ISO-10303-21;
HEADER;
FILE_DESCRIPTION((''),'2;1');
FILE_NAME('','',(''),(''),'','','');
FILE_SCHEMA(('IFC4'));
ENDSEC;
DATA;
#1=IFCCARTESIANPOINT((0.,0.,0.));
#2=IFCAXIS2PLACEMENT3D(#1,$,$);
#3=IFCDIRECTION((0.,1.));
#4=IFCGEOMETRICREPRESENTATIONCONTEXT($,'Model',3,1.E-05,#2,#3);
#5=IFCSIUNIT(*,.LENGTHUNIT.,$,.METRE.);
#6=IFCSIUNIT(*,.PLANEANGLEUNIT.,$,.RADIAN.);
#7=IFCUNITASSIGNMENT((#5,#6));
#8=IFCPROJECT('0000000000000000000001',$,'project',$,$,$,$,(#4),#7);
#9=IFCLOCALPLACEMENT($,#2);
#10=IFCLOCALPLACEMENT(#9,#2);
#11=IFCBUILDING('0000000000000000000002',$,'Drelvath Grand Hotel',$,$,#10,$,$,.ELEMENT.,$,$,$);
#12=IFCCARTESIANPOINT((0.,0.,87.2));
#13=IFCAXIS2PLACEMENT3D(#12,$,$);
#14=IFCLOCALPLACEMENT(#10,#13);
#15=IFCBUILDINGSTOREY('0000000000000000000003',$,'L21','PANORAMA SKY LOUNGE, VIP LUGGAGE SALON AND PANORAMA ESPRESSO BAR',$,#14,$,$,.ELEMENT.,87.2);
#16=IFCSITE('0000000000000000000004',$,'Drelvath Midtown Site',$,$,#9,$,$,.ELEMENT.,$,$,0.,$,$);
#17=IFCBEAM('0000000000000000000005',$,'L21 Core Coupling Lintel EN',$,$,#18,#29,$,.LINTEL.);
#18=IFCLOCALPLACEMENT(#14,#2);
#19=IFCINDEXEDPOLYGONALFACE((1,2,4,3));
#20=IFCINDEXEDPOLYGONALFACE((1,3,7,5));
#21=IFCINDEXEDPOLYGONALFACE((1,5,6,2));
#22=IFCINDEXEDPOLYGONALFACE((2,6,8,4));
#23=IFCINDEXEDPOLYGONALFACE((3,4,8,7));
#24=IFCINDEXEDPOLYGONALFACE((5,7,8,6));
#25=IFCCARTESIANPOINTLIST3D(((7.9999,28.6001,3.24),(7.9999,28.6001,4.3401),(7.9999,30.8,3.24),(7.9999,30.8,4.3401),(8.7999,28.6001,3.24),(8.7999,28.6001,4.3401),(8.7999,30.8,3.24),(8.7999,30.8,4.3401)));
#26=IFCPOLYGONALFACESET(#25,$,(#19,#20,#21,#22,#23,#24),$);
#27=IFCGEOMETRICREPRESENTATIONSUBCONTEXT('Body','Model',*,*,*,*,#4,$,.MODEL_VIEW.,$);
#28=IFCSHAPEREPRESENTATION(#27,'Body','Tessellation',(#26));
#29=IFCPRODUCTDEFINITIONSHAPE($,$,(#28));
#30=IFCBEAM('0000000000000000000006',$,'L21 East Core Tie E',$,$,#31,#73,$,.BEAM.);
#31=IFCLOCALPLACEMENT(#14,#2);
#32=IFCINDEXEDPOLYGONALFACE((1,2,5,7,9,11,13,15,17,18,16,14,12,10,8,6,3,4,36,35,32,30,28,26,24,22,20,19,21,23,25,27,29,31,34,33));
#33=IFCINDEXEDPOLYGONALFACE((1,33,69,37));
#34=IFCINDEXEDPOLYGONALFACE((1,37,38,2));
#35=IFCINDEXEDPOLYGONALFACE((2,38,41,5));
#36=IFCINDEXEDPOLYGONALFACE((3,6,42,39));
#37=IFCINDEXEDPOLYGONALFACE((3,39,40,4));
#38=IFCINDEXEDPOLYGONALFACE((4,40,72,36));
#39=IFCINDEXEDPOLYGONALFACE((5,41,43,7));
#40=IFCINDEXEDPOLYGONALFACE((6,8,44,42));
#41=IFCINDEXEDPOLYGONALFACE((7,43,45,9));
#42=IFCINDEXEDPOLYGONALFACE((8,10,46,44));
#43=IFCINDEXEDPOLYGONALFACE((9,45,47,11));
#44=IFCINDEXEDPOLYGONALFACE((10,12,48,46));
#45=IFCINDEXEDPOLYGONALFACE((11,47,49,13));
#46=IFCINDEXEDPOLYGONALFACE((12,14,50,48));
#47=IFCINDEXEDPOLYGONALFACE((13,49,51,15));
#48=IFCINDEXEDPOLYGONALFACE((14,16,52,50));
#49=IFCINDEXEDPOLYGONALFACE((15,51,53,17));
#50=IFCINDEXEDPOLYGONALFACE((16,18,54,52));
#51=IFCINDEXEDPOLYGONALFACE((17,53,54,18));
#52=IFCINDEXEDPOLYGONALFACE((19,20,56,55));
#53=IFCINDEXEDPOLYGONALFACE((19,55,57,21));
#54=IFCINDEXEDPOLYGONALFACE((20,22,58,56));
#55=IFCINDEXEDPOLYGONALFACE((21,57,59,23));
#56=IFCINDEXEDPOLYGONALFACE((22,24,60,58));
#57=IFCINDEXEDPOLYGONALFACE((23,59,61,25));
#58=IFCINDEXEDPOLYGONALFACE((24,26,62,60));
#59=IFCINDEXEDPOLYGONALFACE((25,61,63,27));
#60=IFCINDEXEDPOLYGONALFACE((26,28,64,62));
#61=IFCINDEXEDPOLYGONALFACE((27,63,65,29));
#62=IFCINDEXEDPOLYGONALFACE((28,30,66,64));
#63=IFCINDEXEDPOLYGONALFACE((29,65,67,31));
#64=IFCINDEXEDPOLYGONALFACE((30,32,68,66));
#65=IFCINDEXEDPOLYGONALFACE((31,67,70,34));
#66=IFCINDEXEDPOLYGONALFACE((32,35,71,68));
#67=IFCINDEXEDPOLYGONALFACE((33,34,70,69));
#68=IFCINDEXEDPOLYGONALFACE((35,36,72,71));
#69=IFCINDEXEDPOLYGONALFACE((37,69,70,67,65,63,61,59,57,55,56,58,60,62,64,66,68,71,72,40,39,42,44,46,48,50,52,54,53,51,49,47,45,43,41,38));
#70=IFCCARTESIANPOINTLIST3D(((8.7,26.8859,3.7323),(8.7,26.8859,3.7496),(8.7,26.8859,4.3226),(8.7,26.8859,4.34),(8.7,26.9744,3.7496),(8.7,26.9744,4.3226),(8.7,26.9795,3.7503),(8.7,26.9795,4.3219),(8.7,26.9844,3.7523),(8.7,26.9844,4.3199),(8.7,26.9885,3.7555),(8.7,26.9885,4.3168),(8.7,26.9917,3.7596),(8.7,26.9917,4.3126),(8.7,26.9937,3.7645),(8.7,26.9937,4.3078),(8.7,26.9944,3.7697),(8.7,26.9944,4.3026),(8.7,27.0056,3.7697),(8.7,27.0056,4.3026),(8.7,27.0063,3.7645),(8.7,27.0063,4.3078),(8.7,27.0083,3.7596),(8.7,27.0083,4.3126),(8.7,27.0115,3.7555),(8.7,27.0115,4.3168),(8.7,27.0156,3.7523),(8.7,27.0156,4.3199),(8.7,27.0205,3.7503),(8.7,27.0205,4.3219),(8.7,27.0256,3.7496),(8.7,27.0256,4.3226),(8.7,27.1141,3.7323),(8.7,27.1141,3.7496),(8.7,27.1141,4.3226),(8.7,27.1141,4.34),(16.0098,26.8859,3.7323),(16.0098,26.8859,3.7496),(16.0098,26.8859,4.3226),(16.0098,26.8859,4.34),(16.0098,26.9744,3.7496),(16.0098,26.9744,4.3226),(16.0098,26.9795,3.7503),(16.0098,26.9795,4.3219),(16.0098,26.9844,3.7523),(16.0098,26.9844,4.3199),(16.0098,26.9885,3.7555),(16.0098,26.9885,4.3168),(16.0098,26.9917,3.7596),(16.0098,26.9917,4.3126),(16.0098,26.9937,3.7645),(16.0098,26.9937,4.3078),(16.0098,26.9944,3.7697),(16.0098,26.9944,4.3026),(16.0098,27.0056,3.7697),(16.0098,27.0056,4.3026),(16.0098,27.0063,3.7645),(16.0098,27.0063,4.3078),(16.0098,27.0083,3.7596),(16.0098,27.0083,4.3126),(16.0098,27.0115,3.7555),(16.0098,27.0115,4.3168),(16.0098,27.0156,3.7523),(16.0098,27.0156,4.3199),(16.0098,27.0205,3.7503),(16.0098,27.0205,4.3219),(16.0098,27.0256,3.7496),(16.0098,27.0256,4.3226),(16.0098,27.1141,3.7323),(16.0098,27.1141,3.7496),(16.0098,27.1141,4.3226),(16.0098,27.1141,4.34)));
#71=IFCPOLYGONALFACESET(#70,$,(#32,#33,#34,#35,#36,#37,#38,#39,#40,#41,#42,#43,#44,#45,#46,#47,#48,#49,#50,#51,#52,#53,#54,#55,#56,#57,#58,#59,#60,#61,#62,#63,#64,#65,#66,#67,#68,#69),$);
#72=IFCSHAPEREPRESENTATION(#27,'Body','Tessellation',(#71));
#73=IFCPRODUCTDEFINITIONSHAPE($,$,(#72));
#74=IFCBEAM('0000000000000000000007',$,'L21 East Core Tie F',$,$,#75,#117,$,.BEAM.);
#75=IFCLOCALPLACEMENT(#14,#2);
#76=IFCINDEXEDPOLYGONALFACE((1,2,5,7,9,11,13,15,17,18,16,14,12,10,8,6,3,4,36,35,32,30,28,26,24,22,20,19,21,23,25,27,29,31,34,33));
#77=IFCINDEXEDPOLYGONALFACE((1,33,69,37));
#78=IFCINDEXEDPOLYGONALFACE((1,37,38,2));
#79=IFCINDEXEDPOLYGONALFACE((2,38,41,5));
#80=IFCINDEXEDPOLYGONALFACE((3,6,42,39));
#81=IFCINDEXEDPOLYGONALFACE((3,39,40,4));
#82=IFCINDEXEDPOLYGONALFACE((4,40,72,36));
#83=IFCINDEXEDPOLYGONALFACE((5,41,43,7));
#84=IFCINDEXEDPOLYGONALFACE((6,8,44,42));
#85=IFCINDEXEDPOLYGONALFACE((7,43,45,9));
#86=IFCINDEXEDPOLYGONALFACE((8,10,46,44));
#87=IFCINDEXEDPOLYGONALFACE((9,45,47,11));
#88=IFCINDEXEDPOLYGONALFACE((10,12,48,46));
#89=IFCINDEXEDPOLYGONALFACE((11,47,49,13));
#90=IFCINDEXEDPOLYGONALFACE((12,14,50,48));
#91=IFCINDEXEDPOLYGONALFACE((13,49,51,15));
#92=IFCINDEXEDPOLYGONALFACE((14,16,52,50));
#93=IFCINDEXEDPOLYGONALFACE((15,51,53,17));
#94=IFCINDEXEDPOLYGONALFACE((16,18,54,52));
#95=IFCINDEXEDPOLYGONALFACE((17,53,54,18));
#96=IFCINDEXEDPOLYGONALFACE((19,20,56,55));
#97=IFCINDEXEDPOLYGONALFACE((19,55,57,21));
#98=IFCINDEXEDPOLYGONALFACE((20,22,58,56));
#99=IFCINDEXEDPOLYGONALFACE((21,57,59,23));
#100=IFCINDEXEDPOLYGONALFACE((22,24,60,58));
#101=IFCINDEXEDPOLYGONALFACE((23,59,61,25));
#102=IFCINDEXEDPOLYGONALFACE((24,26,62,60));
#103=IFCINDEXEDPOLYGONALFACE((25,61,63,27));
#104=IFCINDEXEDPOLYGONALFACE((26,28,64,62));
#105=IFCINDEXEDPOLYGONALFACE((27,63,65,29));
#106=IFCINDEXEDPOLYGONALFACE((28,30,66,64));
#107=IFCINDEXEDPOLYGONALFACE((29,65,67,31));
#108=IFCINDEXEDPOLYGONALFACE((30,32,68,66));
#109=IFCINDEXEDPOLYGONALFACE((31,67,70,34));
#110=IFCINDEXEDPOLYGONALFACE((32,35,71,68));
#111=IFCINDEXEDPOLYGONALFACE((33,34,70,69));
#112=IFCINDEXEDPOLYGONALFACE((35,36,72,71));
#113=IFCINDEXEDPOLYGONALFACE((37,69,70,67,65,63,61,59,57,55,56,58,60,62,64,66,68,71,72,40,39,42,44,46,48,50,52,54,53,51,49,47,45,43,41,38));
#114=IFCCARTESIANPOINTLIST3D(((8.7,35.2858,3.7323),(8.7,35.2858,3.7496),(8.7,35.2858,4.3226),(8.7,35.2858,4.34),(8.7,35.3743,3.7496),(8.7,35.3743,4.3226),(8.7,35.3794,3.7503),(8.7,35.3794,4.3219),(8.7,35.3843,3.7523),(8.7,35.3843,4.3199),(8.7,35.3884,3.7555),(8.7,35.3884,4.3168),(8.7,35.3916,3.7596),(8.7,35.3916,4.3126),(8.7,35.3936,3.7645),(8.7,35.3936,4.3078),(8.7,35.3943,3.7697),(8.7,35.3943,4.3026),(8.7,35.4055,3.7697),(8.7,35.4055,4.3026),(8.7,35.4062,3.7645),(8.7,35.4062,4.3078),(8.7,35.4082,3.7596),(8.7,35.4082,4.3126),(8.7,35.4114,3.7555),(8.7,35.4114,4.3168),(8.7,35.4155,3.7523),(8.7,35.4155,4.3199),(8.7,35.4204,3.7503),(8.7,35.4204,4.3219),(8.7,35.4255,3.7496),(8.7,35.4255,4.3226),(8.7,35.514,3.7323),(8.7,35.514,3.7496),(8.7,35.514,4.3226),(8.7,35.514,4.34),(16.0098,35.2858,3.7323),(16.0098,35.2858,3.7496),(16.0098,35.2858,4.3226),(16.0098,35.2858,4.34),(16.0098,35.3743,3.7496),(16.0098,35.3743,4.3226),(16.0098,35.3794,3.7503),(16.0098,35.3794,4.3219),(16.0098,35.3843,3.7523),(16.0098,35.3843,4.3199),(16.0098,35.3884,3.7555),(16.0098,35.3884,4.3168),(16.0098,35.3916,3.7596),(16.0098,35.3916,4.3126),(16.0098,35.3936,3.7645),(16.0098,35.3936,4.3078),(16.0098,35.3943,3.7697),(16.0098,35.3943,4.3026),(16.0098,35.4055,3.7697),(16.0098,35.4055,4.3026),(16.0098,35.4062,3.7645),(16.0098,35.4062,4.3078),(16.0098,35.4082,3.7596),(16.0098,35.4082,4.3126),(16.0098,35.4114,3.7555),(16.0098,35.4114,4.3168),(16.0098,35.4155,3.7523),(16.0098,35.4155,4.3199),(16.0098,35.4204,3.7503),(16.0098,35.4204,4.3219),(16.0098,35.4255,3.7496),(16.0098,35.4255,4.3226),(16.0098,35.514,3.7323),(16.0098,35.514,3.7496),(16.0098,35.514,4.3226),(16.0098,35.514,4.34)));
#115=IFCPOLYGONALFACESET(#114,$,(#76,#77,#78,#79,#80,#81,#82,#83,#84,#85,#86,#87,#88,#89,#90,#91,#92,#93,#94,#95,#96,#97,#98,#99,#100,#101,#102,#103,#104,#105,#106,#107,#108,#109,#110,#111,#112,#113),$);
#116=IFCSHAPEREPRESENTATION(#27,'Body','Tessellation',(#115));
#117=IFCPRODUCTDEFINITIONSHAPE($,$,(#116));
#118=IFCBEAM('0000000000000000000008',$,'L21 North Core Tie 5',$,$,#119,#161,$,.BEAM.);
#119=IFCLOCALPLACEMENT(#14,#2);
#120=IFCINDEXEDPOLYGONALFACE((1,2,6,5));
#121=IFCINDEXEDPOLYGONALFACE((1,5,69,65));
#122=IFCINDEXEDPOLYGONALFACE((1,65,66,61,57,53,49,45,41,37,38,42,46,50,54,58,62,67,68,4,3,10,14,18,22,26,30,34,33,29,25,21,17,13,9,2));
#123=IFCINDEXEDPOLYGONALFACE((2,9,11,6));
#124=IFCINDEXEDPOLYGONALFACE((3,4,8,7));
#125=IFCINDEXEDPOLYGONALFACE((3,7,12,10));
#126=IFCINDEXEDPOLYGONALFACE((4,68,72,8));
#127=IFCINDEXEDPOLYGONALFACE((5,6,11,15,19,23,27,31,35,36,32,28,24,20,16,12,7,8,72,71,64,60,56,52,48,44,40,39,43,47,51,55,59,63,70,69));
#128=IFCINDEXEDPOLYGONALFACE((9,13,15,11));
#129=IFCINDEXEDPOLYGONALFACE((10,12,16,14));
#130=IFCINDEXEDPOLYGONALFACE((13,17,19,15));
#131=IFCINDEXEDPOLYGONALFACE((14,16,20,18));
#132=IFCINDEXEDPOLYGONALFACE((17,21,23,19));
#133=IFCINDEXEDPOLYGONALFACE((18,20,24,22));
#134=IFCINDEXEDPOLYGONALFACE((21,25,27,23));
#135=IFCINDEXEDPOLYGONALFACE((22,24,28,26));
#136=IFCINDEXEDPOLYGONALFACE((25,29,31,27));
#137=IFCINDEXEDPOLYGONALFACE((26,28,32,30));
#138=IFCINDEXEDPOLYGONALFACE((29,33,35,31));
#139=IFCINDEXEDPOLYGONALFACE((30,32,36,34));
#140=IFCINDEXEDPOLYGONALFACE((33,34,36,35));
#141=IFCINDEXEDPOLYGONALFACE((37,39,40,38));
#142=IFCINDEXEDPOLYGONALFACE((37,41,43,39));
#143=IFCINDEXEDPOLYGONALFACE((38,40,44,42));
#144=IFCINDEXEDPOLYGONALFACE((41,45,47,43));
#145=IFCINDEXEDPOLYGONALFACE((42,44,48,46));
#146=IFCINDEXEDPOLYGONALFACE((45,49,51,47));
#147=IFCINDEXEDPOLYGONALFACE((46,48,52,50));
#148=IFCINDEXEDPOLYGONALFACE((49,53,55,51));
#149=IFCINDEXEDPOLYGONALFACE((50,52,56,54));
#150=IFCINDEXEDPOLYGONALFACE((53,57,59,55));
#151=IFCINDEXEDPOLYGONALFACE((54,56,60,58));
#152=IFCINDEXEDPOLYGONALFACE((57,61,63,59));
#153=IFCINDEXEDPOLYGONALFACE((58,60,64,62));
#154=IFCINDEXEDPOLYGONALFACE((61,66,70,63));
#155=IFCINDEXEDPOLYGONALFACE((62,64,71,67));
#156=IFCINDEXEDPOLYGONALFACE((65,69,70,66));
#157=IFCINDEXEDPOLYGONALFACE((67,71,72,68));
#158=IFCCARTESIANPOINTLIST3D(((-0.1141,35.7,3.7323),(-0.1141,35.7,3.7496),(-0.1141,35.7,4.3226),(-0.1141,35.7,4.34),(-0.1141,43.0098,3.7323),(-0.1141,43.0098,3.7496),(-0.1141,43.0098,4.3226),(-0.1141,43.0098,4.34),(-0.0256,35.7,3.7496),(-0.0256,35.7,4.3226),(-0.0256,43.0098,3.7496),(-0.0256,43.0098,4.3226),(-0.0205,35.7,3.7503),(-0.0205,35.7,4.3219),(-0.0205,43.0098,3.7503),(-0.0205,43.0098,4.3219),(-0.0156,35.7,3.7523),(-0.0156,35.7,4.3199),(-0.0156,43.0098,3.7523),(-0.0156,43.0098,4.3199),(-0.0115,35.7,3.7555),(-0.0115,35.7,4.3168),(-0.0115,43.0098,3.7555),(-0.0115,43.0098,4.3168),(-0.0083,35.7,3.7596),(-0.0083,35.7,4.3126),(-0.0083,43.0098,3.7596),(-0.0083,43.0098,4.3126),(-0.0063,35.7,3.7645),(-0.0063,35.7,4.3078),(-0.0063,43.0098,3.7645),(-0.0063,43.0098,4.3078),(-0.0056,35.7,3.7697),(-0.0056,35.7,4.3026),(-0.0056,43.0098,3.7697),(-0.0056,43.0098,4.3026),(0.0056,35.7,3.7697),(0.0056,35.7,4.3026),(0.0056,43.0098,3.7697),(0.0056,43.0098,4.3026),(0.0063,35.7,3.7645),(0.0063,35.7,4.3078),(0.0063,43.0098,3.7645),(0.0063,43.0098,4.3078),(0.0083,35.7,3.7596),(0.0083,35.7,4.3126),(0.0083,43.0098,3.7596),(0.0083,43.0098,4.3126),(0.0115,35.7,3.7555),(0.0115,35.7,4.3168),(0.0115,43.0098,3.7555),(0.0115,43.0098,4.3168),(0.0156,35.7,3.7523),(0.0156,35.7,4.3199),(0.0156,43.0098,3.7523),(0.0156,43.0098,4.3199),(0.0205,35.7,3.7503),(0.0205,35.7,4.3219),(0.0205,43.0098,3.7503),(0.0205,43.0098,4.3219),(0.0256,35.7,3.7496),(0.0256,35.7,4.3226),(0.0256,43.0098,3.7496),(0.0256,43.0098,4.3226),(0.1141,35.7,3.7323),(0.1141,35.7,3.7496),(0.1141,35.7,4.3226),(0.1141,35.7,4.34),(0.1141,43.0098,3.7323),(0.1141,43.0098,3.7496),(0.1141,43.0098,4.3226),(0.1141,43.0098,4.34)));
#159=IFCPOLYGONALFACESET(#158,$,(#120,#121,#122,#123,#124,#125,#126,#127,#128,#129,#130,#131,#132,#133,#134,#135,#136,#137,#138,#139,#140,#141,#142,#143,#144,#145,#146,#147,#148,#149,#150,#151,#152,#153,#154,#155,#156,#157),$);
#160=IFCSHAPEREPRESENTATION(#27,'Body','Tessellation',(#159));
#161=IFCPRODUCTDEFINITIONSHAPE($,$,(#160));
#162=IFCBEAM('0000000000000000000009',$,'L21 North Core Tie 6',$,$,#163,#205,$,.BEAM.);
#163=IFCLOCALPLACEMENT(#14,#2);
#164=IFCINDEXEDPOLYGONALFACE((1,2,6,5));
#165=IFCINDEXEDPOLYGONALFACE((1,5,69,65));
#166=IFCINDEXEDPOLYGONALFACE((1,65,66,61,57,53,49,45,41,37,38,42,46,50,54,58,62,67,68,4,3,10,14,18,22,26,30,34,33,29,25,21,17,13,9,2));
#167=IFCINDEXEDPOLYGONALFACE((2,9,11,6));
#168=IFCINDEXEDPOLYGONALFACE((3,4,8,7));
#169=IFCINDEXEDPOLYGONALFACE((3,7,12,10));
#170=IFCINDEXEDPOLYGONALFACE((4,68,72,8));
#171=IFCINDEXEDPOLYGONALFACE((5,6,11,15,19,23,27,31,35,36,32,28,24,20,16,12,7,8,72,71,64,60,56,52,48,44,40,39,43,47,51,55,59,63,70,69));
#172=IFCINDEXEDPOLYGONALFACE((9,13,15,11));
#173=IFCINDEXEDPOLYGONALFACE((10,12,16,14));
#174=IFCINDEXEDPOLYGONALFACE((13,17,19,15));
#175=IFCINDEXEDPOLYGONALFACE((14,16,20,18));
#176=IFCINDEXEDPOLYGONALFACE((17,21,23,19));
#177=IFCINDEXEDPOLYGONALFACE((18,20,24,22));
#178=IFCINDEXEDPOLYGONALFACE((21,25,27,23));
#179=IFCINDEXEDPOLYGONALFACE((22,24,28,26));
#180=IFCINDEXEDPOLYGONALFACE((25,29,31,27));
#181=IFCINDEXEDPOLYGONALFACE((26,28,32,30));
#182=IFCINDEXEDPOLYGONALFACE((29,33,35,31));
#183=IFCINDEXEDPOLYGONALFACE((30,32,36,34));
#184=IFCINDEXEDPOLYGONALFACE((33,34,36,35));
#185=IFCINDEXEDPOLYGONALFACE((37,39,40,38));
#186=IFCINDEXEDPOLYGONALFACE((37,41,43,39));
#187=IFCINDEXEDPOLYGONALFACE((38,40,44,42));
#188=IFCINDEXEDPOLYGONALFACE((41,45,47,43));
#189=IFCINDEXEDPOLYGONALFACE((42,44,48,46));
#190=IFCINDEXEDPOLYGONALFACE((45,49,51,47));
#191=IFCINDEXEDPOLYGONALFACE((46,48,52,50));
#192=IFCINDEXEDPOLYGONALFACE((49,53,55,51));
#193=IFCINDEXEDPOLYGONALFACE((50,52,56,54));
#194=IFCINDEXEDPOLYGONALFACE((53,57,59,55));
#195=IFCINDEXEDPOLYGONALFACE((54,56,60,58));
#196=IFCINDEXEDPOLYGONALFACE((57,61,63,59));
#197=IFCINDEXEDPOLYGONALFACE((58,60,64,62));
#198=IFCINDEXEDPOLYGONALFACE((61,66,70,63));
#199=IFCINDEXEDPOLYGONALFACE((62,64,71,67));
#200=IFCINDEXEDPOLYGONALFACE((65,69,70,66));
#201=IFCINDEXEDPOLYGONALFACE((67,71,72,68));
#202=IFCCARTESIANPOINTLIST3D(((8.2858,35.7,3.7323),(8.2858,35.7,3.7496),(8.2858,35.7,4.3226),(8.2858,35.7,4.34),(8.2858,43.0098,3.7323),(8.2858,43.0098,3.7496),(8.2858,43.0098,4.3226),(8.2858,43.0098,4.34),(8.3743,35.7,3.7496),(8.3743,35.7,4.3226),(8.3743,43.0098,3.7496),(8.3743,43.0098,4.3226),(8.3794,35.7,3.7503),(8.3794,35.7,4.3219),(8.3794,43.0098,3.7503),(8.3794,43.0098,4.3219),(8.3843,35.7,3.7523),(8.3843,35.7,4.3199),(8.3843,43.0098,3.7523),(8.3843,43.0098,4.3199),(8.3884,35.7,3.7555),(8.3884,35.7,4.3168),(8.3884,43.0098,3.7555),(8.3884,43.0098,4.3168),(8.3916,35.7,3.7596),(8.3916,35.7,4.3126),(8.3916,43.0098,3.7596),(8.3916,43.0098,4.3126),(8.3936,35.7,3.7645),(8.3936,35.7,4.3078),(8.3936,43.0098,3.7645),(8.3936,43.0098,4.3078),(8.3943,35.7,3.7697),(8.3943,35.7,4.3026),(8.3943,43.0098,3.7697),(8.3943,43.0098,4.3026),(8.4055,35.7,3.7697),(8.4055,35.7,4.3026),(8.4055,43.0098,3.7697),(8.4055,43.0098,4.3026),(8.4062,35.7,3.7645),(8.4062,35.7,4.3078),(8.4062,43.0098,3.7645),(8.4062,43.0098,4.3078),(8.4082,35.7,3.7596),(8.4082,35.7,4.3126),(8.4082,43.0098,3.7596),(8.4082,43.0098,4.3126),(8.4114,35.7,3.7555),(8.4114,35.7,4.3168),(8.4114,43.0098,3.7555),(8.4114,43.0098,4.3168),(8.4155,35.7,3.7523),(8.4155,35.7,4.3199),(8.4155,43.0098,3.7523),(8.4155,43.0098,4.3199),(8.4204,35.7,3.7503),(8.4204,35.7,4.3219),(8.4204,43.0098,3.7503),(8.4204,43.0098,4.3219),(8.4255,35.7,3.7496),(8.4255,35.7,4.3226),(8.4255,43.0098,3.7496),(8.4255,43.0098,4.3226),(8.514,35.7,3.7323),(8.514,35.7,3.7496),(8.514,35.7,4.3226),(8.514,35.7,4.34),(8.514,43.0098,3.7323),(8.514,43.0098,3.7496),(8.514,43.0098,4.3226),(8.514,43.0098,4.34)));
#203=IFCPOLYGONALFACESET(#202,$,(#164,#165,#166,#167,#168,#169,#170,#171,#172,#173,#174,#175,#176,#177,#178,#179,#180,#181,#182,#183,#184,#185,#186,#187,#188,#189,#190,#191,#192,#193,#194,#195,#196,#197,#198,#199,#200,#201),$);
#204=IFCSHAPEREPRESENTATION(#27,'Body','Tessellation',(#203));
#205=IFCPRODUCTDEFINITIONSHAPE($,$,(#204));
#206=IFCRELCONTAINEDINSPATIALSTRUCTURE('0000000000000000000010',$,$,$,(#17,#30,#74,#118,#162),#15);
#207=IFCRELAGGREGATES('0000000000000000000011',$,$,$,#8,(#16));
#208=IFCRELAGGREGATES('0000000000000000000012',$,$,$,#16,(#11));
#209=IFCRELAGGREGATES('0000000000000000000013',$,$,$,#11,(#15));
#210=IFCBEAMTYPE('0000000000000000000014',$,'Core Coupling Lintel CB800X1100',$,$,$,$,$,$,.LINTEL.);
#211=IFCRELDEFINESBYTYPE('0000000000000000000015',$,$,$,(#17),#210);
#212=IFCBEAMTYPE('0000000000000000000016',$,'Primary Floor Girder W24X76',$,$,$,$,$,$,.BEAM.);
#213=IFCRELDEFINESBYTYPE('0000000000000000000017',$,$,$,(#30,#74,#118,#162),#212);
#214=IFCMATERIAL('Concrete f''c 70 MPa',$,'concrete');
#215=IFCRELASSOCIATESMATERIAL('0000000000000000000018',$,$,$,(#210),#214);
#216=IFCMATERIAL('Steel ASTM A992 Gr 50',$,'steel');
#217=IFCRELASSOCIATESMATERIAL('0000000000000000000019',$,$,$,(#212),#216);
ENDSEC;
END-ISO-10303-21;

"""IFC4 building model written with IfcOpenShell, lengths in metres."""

from ifc_helpers import new_model, si_unit, direction, frame, origin, origin_2d, place, context, subcontext, project, spatial, rectangle, i_section, extrude, material, material_profile, profile_set, type_object, element, save


model = new_model("IFC4")

# Units and contexts
model_context = context("Model", 3, precision=1e-05, world=origin(), true_north=direction((0.0, 1.0)))
body_context = subcontext(model_context, "Body", "Model", "MODEL_VIEW")
ifc_project = project(units=[si_unit("LENGTHUNIT", "METRE"), si_unit("PLANEANGLEUNIT", "RADIAN")], contexts=[model_context])

# Site, building, storey
site_placement = place(None, origin())
site = spatial("IfcSite", under=ifc_project, at=site_placement, Name="Drelvath Midtown Site", CompositionType="ELEMENT", RefElevation=0.0)
building_placement = place(site_placement, origin())
building = spatial("IfcBuilding", under=site, at=building_placement, Name="Drelvath Grand Hotel", CompositionType="ELEMENT")
storey_placement = place(building_placement, frame((0.0, 0.0, 87.2)))
storey = spatial("IfcBuildingStorey", under=building, at=storey_placement, Name="L21", Description="PANORAMA SKY LOUNGE, VIP LUGGAGE SALON AND PANORAMA ESPRESSO BAR", CompositionType="ELEMENT", Elevation=87.2)

# Beams
ifc_material_1 = material(Name="Concrete f'c 70 MPa", Category="concrete")
ifc_material_profile_1 = material_profile(ifc_material_1, rectangle(XDim=0.8, YDim=1.1001, at=origin_2d()), Name="CB800X1100")
ifc_profile_set_1 = profile_set([ifc_material_profile_1], Name="Concrete f'c 70 MPa")
beam_type_1 = type_object("IfcBeamType", Name="Core Coupling Lintel CB800X1100", PredefinedType="LINTEL", material=ifc_profile_set_1)
beam_1_placement = place(storey_placement, frame((8.3999, 28.6001, 3.79), z_axis=(0.0, 1.0, 0.0), x_axis=(-1.0, 0.0, 0.0)))
element("IfcBeam", 1, at=beam_1_placement, inside=storey, type_object=beam_type_1, Name="L21 Core Coupling Lintel EN", PredefinedType="LINTEL", context=body_context, shape_type="SweptSolid", body=[
    extrude(rectangle(XDim=0.8, YDim=1.1001, at=origin_2d()), origin(), (0.0, 0.0, 1.0), 2.2),
])
ifc_material_2 = material(Name="Steel ASTM A992 Gr 50", Category="steel")
ifc_material_profile_2 = material_profile(ifc_material_2, i_section(OverallWidth=0.2283, OverallDepth=0.6077, WebThickness=0.0112, FlangeThickness=0.0173, FilletRadius=0.02, at=origin_2d()), Name="W24X76")
ifc_profile_set_2 = profile_set([ifc_material_profile_2], Name="Steel ASTM A992 Gr 50")
beam_type_2 = type_object("IfcBeamType", Name="Primary Floor Girder W24X76", PredefinedType="BEAM", material=ifc_profile_set_2)
for number, where, z_axis, x_axis, name in (
    (2, (8.7, 27.0, 4.0361), (1.0, 0.0, 0.0), (0.0, 1.0, 0.0), "L21 East Core Tie E"),
    (3, (8.7, 35.3999, 4.0361), (1.0, 0.0, 0.0), (0.0, 1.0, 0.0), "L21 East Core Tie F"),
    (4, (0.0, 35.7, 4.0361), (0.0, 1.0, 0.0), (-1.0, 0.0, 0.0), "L21 North Core Tie 5"),
    (5, (8.3999, 35.7, 4.0361), (0.0, 1.0, 0.0), (-1.0, 0.0, 0.0), "L21 North Core Tie 6"),
):
    element("IfcBeam", number, at=place(storey_placement, frame(where, z_axis=z_axis, x_axis=x_axis)), inside=storey, type_object=beam_type_2, Name=name, PredefinedType="BEAM", context=body_context, shape_type="SweptSolid", body=[
        extrude(i_section(OverallWidth=0.2283, OverallDepth=0.6077, WebThickness=0.0112, FlangeThickness=0.0173, FilletRadius=0.02, at=origin_2d()), origin(), (0.0, 0.0, 1.0), 7.3098),
    ])

save(model, "model.ifc")
